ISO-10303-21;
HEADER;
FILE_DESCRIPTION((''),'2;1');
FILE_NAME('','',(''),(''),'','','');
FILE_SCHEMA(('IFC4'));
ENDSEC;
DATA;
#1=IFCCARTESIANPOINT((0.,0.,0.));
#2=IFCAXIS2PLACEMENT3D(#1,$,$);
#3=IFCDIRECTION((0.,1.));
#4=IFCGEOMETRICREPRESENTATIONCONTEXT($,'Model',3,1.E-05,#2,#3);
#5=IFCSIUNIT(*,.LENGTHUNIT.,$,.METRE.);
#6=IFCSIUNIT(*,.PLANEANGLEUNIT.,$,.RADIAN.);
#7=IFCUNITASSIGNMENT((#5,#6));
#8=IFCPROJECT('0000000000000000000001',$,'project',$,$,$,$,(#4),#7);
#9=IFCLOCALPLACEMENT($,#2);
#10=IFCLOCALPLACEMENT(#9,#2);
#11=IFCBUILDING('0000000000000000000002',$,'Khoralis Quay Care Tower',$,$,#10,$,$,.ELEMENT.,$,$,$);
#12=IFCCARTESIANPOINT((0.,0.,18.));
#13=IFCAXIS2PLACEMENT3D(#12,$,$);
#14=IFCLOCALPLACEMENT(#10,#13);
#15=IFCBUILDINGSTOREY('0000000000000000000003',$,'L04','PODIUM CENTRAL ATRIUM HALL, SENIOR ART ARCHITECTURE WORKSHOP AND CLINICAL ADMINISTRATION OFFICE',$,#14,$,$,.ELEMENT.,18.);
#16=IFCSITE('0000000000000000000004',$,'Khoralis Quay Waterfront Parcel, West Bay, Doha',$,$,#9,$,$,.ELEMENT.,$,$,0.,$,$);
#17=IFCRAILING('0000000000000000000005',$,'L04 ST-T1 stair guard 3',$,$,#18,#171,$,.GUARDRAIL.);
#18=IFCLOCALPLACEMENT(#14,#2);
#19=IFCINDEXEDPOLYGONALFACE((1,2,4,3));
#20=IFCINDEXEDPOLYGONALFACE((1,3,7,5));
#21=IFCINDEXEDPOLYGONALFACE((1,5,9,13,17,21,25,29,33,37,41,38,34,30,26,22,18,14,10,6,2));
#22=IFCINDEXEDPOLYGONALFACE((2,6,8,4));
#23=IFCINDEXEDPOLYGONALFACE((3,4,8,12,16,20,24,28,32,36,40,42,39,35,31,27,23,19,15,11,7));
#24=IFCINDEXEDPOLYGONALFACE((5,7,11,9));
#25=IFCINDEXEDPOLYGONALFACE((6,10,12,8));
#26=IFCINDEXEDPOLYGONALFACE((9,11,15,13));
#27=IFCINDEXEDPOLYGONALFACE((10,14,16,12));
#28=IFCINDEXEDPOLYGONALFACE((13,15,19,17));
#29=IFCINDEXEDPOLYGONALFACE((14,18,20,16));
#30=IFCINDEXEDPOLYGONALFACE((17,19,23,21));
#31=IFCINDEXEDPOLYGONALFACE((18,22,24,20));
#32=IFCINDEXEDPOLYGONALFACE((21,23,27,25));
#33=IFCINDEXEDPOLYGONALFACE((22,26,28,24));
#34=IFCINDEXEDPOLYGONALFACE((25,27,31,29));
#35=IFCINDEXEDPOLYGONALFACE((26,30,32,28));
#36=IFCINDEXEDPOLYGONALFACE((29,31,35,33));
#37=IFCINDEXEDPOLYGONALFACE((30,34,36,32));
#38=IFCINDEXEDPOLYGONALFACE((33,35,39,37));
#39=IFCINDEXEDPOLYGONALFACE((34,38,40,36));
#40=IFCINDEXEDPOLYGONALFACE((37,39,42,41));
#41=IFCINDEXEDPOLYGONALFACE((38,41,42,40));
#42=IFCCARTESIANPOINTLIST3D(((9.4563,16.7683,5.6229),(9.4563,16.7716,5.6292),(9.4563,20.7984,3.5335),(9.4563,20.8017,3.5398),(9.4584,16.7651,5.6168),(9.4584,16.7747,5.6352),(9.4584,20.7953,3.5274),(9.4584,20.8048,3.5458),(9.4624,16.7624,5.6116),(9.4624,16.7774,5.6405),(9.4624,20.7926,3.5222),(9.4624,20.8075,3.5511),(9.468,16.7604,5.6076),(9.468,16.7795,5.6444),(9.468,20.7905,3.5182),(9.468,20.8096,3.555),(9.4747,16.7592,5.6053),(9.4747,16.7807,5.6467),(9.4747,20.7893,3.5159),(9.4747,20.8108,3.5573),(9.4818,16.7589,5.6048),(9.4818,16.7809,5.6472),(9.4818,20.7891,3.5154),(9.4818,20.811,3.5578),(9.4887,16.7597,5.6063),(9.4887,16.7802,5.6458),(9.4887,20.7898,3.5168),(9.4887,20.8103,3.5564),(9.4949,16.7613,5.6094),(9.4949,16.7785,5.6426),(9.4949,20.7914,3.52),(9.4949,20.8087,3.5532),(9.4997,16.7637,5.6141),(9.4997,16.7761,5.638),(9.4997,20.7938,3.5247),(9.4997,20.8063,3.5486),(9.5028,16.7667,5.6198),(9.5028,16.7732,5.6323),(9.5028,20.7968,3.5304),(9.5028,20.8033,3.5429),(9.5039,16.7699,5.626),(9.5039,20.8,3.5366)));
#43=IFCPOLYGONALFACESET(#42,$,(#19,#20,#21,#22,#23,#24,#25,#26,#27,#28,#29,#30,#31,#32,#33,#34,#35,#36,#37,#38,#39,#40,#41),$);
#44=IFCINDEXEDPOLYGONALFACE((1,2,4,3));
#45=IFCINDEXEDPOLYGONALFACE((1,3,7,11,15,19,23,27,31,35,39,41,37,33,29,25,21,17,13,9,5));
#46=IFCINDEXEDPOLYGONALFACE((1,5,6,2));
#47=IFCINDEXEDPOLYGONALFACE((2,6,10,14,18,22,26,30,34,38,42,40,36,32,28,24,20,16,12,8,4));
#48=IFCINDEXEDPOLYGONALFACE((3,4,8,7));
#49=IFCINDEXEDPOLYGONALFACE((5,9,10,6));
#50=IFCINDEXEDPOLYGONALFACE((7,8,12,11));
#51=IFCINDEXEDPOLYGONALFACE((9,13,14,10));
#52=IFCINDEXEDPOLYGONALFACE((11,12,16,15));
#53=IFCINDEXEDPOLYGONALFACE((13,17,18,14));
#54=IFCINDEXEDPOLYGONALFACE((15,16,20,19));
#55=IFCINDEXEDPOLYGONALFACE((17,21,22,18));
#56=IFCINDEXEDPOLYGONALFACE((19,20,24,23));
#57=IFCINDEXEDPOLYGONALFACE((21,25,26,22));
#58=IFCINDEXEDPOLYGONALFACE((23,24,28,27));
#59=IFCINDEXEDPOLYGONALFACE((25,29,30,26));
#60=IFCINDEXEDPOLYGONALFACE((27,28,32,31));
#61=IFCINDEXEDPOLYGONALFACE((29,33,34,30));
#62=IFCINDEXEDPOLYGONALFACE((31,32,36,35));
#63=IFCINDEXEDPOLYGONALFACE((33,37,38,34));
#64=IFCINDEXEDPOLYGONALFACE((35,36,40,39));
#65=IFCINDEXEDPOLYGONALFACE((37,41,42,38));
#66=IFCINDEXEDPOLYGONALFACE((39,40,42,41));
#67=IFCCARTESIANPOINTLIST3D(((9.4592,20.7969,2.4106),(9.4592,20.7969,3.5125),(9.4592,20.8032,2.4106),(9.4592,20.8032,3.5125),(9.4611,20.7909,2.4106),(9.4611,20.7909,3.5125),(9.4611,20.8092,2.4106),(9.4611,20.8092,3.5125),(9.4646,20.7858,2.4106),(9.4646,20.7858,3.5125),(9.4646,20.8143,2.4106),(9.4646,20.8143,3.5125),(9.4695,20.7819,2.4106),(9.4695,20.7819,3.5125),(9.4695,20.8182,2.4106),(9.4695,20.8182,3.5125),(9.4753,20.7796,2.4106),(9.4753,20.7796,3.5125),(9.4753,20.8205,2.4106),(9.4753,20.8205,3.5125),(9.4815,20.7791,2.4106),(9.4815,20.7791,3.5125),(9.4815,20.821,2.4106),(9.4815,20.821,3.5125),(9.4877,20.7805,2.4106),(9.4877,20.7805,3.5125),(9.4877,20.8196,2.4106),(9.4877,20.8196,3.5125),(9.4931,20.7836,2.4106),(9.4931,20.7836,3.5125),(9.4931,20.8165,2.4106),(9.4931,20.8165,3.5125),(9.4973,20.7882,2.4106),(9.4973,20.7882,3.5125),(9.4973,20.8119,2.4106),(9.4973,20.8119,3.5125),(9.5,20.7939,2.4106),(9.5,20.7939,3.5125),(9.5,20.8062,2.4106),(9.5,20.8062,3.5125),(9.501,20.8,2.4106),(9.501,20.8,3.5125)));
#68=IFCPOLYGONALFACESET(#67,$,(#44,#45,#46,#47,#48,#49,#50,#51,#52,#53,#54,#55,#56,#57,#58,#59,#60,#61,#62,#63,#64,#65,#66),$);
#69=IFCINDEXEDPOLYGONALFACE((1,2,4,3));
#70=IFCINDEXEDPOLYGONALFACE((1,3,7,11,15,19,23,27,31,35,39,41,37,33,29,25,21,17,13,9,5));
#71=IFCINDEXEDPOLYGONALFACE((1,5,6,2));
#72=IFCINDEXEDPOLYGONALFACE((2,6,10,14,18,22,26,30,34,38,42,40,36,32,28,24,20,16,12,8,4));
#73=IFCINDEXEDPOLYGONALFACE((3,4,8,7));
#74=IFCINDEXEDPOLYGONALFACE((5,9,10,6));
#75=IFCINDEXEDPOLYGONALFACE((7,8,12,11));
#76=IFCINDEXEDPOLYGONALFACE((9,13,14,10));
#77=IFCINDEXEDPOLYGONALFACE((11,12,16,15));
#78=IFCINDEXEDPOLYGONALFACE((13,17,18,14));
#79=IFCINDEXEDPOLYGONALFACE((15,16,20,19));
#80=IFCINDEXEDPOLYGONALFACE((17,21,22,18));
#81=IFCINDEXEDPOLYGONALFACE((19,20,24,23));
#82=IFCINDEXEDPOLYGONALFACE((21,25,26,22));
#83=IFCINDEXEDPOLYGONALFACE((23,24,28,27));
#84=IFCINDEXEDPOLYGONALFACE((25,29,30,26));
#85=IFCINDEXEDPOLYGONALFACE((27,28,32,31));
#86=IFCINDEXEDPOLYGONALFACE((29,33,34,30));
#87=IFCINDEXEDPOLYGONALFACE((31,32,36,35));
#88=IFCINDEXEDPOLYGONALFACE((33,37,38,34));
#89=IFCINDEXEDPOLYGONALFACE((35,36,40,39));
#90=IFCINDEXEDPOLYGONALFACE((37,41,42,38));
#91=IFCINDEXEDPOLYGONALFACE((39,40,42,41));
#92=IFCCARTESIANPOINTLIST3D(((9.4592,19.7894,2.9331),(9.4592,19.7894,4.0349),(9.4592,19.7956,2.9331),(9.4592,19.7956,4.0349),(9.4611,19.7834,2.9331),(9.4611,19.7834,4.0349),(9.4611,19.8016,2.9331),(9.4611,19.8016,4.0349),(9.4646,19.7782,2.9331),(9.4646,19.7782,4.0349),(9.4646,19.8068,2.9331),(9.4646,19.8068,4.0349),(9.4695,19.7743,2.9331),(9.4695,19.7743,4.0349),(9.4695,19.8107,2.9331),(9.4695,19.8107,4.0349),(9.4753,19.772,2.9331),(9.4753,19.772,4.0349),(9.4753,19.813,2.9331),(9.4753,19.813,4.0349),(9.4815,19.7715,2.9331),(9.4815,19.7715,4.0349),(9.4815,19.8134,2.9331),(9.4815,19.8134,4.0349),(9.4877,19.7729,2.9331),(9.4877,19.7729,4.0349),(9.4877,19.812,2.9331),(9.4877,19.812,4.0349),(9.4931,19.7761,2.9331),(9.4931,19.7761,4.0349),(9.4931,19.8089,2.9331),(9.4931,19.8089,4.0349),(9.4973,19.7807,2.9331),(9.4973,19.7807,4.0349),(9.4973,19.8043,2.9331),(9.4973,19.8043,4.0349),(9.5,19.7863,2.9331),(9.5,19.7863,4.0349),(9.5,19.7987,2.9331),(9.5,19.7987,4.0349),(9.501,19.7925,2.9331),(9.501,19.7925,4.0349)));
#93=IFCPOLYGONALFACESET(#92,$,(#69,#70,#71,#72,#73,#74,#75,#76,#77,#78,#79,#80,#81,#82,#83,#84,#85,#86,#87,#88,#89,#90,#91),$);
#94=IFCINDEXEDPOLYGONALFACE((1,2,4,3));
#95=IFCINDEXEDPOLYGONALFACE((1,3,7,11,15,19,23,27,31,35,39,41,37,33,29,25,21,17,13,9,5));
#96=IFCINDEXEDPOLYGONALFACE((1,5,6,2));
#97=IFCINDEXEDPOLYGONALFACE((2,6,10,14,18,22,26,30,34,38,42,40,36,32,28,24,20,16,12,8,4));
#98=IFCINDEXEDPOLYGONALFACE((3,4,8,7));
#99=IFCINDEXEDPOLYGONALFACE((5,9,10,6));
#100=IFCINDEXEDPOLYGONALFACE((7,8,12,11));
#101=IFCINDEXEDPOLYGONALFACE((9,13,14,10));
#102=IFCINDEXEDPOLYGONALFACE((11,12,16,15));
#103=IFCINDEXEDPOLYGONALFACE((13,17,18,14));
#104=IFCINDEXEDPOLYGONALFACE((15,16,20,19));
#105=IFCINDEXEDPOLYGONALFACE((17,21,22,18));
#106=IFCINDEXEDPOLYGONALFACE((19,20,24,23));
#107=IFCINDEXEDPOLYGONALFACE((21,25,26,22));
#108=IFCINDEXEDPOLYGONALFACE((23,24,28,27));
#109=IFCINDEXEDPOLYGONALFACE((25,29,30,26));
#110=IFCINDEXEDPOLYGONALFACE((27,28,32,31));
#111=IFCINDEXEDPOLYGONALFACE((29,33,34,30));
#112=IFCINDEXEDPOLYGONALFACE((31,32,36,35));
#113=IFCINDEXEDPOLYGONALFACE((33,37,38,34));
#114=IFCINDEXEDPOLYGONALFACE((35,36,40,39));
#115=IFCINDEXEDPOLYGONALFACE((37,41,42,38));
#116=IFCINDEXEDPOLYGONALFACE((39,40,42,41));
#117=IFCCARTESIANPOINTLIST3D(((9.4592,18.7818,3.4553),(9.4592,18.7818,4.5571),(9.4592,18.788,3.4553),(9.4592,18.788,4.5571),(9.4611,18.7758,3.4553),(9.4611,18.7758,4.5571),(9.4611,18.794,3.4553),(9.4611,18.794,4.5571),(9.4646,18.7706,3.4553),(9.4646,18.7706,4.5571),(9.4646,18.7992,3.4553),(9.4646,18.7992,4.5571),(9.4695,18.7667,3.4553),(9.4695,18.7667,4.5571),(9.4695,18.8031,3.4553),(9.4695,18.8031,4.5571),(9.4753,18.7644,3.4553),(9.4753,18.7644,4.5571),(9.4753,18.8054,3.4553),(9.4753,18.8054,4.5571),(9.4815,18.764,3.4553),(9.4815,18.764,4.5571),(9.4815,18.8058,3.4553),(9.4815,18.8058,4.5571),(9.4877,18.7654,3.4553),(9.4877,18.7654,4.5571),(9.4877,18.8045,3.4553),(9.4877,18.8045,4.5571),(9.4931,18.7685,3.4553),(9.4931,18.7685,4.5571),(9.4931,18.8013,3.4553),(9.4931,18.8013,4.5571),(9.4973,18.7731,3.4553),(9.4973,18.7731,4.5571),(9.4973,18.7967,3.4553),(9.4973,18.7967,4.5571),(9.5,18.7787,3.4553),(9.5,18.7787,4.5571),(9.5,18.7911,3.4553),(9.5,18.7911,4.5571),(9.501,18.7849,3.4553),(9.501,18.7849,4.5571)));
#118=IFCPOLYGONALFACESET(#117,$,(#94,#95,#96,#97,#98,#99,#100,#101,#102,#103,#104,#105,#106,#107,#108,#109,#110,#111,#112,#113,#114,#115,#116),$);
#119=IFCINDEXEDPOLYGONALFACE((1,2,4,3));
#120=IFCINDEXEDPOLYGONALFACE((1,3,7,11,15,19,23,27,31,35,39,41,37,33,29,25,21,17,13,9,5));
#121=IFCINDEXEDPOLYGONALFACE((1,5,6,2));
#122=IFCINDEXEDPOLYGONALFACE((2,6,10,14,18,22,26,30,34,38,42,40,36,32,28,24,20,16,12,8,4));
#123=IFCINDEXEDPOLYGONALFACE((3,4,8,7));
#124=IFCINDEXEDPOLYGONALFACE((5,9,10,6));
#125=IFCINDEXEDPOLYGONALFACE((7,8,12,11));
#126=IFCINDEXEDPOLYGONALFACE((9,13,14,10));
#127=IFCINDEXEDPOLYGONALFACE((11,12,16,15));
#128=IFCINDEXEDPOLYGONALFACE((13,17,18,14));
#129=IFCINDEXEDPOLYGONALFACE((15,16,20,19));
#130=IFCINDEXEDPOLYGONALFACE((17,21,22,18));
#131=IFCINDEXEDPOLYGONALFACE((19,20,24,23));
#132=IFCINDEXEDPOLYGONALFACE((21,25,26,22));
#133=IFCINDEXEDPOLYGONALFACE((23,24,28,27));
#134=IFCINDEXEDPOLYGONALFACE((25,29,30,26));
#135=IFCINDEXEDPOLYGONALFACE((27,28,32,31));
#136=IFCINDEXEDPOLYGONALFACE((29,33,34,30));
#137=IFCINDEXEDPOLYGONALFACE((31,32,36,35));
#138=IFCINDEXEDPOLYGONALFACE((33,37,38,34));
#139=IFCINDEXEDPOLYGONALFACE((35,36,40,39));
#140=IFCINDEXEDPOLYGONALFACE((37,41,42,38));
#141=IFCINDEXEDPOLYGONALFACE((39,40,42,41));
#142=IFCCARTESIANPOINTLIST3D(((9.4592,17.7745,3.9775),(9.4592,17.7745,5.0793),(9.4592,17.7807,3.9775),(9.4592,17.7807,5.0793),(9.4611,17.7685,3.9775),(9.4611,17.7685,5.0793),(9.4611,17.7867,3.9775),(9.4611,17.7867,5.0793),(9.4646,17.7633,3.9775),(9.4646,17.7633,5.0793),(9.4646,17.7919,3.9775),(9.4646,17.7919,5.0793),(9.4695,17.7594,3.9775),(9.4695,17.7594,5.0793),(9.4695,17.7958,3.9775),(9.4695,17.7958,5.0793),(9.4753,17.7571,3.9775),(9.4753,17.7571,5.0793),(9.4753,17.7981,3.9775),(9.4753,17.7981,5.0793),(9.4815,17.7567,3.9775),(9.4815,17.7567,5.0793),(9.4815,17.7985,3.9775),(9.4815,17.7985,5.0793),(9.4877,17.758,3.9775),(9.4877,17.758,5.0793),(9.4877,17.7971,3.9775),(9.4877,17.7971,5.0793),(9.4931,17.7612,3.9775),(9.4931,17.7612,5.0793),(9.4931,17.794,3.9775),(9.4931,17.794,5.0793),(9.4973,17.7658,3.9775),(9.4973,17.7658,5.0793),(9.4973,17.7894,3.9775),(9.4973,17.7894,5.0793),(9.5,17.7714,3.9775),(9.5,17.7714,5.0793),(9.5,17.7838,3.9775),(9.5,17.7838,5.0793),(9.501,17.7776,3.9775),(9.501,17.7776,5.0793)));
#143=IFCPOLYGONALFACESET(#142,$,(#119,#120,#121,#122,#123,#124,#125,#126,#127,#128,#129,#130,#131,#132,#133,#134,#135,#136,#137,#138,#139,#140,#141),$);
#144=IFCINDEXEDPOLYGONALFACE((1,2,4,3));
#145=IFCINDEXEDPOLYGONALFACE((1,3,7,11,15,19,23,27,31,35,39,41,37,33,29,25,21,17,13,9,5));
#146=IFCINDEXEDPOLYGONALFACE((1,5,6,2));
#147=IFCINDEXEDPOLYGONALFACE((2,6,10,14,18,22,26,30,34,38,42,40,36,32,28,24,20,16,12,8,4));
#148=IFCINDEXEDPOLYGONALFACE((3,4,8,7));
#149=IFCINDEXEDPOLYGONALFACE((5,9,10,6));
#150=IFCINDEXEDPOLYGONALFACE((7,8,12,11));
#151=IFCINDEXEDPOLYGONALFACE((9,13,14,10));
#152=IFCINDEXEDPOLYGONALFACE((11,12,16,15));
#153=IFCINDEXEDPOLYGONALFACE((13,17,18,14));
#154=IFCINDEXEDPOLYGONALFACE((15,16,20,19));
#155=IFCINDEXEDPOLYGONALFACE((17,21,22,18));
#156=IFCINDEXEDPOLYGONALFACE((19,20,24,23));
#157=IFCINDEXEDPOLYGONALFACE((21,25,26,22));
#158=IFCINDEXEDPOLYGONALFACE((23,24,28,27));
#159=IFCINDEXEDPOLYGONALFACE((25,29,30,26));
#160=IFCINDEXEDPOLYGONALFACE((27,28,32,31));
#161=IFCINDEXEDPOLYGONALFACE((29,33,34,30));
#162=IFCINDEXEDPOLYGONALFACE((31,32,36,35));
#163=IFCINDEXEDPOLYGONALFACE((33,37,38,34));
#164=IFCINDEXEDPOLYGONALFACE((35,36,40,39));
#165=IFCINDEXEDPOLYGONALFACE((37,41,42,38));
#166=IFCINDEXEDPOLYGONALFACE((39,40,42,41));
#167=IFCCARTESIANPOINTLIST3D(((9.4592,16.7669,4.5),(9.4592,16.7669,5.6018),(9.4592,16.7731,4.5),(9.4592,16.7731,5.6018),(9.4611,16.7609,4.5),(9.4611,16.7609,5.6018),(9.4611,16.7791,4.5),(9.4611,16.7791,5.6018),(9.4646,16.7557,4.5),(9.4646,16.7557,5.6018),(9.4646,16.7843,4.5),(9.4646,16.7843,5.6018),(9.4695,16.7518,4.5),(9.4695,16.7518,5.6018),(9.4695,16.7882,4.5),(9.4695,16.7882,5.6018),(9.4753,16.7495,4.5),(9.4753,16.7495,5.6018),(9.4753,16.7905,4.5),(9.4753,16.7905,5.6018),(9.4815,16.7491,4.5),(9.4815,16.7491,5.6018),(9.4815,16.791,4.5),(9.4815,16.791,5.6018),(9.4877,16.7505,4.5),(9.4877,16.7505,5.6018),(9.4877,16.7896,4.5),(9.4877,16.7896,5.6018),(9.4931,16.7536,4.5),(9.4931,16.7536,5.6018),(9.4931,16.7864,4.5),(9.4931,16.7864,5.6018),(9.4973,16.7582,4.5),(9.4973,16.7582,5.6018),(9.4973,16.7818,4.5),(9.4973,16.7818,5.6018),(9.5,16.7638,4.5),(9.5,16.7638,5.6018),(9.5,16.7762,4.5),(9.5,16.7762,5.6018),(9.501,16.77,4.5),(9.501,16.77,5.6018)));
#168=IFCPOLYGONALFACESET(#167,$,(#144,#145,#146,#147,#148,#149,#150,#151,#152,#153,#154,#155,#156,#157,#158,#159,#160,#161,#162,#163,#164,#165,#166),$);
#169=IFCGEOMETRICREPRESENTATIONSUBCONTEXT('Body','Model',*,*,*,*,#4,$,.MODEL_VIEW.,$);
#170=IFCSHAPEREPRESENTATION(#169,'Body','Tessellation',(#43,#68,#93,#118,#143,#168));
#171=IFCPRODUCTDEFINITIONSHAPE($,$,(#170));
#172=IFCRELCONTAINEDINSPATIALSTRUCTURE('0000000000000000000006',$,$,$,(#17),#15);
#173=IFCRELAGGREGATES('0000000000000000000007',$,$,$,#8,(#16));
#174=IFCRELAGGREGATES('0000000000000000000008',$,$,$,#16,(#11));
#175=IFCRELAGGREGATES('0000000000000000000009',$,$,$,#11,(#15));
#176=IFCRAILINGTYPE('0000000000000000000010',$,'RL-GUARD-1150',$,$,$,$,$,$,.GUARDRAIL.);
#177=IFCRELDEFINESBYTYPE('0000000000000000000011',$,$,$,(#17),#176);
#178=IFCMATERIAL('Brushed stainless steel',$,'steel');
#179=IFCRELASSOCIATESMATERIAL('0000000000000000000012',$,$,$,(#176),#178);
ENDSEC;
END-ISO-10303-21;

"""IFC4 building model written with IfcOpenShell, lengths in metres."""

from ifc_helpers import new_model, si_unit, direction, frame, origin, origin_2d, place, context, subcontext, project, spatial, circle, extrude, material, type_object, element, save


model = new_model("IFC4")

# Units and contexts
model_context = context("Model", 3, precision=1e-05, world=origin(), true_north=direction((0.0, 1.0)))
body_context = subcontext(model_context, "Body", "Model", "MODEL_VIEW")
ifc_project = project(units=[si_unit("LENGTHUNIT", "METRE"), si_unit("PLANEANGLEUNIT", "RADIAN")], contexts=[model_context])

# Site, building, storey
site_placement = place(None, origin())
site = spatial("IfcSite", under=ifc_project, at=site_placement, Name="Khoralis Quay Waterfront Parcel, West Bay, Doha", CompositionType="ELEMENT", RefElevation=0.0)
building_placement = place(site_placement, origin())
building = spatial("IfcBuilding", under=site, at=building_placement, Name="Khoralis Quay Care Tower", CompositionType="ELEMENT")
storey_placement = place(building_placement, frame((0.0, 0.0, 18.0)))
storey = spatial("IfcBuildingStorey", under=building, at=storey_placement, Name="L04", Description="PODIUM CENTRAL ATRIUM HALL, SENIOR ART ARCHITECTURE WORKSHOP AND CLINICAL ADMINISTRATION OFFICE", CompositionType="ELEMENT", Elevation=18.0)

# Shared definitions
ifc_material_1 = material(Name="Brushed stainless steel", Category="steel")

# Railing
railing_type_1 = type_object("IfcRailingType", Name="RL-GUARD-1150", PredefinedType="GUARDRAIL", material=ifc_material_1)
railing_1_placement = place(storey_placement, frame((9.48, 20.8, 2.4106)))
element("IfcRailing", 1, at=railing_1_placement, inside=storey, type_object=railing_type_1, Name="L04 ST-T1 stair guard 3", PredefinedType="GUARDRAIL", context=body_context, shape_type="SweptSolid", body=[
    extrude(circle(Radius=0.0239, at=origin_2d()), frame((0.0, 0.0, 1.126), z_axis=(0.0, -0.887781, 0.460267), x_axis=(1.0, 0.0, 0.0)), (0.0, 0.0, 1.0), 4.5396),
    extrude(circle(Radius=0.021, at=origin_2d()), origin(), (0.0, 0.0, 1.0), 1.1018),
    extrude(circle(Radius=0.021, at=origin_2d()), frame((0.0, -1.0076, 0.5225)), (0.0, 0.0, 1.0), 1.1018),
    extrude(circle(Radius=0.021, at=origin_2d()), frame((0.0, -2.0151, 1.0447)), (0.0, 0.0, 1.0), 1.1018),
    extrude(circle(Radius=0.021, at=origin_2d()), frame((0.0, -3.0225, 1.5669)), (0.0, 0.0, 1.0), 1.1018),
    extrude(circle(Radius=0.021, at=origin_2d()), frame((0.0, -4.03, 2.0894)), (0.0, 0.0, 1.0), 1.1018),
])

save(model, "model.ifc")
